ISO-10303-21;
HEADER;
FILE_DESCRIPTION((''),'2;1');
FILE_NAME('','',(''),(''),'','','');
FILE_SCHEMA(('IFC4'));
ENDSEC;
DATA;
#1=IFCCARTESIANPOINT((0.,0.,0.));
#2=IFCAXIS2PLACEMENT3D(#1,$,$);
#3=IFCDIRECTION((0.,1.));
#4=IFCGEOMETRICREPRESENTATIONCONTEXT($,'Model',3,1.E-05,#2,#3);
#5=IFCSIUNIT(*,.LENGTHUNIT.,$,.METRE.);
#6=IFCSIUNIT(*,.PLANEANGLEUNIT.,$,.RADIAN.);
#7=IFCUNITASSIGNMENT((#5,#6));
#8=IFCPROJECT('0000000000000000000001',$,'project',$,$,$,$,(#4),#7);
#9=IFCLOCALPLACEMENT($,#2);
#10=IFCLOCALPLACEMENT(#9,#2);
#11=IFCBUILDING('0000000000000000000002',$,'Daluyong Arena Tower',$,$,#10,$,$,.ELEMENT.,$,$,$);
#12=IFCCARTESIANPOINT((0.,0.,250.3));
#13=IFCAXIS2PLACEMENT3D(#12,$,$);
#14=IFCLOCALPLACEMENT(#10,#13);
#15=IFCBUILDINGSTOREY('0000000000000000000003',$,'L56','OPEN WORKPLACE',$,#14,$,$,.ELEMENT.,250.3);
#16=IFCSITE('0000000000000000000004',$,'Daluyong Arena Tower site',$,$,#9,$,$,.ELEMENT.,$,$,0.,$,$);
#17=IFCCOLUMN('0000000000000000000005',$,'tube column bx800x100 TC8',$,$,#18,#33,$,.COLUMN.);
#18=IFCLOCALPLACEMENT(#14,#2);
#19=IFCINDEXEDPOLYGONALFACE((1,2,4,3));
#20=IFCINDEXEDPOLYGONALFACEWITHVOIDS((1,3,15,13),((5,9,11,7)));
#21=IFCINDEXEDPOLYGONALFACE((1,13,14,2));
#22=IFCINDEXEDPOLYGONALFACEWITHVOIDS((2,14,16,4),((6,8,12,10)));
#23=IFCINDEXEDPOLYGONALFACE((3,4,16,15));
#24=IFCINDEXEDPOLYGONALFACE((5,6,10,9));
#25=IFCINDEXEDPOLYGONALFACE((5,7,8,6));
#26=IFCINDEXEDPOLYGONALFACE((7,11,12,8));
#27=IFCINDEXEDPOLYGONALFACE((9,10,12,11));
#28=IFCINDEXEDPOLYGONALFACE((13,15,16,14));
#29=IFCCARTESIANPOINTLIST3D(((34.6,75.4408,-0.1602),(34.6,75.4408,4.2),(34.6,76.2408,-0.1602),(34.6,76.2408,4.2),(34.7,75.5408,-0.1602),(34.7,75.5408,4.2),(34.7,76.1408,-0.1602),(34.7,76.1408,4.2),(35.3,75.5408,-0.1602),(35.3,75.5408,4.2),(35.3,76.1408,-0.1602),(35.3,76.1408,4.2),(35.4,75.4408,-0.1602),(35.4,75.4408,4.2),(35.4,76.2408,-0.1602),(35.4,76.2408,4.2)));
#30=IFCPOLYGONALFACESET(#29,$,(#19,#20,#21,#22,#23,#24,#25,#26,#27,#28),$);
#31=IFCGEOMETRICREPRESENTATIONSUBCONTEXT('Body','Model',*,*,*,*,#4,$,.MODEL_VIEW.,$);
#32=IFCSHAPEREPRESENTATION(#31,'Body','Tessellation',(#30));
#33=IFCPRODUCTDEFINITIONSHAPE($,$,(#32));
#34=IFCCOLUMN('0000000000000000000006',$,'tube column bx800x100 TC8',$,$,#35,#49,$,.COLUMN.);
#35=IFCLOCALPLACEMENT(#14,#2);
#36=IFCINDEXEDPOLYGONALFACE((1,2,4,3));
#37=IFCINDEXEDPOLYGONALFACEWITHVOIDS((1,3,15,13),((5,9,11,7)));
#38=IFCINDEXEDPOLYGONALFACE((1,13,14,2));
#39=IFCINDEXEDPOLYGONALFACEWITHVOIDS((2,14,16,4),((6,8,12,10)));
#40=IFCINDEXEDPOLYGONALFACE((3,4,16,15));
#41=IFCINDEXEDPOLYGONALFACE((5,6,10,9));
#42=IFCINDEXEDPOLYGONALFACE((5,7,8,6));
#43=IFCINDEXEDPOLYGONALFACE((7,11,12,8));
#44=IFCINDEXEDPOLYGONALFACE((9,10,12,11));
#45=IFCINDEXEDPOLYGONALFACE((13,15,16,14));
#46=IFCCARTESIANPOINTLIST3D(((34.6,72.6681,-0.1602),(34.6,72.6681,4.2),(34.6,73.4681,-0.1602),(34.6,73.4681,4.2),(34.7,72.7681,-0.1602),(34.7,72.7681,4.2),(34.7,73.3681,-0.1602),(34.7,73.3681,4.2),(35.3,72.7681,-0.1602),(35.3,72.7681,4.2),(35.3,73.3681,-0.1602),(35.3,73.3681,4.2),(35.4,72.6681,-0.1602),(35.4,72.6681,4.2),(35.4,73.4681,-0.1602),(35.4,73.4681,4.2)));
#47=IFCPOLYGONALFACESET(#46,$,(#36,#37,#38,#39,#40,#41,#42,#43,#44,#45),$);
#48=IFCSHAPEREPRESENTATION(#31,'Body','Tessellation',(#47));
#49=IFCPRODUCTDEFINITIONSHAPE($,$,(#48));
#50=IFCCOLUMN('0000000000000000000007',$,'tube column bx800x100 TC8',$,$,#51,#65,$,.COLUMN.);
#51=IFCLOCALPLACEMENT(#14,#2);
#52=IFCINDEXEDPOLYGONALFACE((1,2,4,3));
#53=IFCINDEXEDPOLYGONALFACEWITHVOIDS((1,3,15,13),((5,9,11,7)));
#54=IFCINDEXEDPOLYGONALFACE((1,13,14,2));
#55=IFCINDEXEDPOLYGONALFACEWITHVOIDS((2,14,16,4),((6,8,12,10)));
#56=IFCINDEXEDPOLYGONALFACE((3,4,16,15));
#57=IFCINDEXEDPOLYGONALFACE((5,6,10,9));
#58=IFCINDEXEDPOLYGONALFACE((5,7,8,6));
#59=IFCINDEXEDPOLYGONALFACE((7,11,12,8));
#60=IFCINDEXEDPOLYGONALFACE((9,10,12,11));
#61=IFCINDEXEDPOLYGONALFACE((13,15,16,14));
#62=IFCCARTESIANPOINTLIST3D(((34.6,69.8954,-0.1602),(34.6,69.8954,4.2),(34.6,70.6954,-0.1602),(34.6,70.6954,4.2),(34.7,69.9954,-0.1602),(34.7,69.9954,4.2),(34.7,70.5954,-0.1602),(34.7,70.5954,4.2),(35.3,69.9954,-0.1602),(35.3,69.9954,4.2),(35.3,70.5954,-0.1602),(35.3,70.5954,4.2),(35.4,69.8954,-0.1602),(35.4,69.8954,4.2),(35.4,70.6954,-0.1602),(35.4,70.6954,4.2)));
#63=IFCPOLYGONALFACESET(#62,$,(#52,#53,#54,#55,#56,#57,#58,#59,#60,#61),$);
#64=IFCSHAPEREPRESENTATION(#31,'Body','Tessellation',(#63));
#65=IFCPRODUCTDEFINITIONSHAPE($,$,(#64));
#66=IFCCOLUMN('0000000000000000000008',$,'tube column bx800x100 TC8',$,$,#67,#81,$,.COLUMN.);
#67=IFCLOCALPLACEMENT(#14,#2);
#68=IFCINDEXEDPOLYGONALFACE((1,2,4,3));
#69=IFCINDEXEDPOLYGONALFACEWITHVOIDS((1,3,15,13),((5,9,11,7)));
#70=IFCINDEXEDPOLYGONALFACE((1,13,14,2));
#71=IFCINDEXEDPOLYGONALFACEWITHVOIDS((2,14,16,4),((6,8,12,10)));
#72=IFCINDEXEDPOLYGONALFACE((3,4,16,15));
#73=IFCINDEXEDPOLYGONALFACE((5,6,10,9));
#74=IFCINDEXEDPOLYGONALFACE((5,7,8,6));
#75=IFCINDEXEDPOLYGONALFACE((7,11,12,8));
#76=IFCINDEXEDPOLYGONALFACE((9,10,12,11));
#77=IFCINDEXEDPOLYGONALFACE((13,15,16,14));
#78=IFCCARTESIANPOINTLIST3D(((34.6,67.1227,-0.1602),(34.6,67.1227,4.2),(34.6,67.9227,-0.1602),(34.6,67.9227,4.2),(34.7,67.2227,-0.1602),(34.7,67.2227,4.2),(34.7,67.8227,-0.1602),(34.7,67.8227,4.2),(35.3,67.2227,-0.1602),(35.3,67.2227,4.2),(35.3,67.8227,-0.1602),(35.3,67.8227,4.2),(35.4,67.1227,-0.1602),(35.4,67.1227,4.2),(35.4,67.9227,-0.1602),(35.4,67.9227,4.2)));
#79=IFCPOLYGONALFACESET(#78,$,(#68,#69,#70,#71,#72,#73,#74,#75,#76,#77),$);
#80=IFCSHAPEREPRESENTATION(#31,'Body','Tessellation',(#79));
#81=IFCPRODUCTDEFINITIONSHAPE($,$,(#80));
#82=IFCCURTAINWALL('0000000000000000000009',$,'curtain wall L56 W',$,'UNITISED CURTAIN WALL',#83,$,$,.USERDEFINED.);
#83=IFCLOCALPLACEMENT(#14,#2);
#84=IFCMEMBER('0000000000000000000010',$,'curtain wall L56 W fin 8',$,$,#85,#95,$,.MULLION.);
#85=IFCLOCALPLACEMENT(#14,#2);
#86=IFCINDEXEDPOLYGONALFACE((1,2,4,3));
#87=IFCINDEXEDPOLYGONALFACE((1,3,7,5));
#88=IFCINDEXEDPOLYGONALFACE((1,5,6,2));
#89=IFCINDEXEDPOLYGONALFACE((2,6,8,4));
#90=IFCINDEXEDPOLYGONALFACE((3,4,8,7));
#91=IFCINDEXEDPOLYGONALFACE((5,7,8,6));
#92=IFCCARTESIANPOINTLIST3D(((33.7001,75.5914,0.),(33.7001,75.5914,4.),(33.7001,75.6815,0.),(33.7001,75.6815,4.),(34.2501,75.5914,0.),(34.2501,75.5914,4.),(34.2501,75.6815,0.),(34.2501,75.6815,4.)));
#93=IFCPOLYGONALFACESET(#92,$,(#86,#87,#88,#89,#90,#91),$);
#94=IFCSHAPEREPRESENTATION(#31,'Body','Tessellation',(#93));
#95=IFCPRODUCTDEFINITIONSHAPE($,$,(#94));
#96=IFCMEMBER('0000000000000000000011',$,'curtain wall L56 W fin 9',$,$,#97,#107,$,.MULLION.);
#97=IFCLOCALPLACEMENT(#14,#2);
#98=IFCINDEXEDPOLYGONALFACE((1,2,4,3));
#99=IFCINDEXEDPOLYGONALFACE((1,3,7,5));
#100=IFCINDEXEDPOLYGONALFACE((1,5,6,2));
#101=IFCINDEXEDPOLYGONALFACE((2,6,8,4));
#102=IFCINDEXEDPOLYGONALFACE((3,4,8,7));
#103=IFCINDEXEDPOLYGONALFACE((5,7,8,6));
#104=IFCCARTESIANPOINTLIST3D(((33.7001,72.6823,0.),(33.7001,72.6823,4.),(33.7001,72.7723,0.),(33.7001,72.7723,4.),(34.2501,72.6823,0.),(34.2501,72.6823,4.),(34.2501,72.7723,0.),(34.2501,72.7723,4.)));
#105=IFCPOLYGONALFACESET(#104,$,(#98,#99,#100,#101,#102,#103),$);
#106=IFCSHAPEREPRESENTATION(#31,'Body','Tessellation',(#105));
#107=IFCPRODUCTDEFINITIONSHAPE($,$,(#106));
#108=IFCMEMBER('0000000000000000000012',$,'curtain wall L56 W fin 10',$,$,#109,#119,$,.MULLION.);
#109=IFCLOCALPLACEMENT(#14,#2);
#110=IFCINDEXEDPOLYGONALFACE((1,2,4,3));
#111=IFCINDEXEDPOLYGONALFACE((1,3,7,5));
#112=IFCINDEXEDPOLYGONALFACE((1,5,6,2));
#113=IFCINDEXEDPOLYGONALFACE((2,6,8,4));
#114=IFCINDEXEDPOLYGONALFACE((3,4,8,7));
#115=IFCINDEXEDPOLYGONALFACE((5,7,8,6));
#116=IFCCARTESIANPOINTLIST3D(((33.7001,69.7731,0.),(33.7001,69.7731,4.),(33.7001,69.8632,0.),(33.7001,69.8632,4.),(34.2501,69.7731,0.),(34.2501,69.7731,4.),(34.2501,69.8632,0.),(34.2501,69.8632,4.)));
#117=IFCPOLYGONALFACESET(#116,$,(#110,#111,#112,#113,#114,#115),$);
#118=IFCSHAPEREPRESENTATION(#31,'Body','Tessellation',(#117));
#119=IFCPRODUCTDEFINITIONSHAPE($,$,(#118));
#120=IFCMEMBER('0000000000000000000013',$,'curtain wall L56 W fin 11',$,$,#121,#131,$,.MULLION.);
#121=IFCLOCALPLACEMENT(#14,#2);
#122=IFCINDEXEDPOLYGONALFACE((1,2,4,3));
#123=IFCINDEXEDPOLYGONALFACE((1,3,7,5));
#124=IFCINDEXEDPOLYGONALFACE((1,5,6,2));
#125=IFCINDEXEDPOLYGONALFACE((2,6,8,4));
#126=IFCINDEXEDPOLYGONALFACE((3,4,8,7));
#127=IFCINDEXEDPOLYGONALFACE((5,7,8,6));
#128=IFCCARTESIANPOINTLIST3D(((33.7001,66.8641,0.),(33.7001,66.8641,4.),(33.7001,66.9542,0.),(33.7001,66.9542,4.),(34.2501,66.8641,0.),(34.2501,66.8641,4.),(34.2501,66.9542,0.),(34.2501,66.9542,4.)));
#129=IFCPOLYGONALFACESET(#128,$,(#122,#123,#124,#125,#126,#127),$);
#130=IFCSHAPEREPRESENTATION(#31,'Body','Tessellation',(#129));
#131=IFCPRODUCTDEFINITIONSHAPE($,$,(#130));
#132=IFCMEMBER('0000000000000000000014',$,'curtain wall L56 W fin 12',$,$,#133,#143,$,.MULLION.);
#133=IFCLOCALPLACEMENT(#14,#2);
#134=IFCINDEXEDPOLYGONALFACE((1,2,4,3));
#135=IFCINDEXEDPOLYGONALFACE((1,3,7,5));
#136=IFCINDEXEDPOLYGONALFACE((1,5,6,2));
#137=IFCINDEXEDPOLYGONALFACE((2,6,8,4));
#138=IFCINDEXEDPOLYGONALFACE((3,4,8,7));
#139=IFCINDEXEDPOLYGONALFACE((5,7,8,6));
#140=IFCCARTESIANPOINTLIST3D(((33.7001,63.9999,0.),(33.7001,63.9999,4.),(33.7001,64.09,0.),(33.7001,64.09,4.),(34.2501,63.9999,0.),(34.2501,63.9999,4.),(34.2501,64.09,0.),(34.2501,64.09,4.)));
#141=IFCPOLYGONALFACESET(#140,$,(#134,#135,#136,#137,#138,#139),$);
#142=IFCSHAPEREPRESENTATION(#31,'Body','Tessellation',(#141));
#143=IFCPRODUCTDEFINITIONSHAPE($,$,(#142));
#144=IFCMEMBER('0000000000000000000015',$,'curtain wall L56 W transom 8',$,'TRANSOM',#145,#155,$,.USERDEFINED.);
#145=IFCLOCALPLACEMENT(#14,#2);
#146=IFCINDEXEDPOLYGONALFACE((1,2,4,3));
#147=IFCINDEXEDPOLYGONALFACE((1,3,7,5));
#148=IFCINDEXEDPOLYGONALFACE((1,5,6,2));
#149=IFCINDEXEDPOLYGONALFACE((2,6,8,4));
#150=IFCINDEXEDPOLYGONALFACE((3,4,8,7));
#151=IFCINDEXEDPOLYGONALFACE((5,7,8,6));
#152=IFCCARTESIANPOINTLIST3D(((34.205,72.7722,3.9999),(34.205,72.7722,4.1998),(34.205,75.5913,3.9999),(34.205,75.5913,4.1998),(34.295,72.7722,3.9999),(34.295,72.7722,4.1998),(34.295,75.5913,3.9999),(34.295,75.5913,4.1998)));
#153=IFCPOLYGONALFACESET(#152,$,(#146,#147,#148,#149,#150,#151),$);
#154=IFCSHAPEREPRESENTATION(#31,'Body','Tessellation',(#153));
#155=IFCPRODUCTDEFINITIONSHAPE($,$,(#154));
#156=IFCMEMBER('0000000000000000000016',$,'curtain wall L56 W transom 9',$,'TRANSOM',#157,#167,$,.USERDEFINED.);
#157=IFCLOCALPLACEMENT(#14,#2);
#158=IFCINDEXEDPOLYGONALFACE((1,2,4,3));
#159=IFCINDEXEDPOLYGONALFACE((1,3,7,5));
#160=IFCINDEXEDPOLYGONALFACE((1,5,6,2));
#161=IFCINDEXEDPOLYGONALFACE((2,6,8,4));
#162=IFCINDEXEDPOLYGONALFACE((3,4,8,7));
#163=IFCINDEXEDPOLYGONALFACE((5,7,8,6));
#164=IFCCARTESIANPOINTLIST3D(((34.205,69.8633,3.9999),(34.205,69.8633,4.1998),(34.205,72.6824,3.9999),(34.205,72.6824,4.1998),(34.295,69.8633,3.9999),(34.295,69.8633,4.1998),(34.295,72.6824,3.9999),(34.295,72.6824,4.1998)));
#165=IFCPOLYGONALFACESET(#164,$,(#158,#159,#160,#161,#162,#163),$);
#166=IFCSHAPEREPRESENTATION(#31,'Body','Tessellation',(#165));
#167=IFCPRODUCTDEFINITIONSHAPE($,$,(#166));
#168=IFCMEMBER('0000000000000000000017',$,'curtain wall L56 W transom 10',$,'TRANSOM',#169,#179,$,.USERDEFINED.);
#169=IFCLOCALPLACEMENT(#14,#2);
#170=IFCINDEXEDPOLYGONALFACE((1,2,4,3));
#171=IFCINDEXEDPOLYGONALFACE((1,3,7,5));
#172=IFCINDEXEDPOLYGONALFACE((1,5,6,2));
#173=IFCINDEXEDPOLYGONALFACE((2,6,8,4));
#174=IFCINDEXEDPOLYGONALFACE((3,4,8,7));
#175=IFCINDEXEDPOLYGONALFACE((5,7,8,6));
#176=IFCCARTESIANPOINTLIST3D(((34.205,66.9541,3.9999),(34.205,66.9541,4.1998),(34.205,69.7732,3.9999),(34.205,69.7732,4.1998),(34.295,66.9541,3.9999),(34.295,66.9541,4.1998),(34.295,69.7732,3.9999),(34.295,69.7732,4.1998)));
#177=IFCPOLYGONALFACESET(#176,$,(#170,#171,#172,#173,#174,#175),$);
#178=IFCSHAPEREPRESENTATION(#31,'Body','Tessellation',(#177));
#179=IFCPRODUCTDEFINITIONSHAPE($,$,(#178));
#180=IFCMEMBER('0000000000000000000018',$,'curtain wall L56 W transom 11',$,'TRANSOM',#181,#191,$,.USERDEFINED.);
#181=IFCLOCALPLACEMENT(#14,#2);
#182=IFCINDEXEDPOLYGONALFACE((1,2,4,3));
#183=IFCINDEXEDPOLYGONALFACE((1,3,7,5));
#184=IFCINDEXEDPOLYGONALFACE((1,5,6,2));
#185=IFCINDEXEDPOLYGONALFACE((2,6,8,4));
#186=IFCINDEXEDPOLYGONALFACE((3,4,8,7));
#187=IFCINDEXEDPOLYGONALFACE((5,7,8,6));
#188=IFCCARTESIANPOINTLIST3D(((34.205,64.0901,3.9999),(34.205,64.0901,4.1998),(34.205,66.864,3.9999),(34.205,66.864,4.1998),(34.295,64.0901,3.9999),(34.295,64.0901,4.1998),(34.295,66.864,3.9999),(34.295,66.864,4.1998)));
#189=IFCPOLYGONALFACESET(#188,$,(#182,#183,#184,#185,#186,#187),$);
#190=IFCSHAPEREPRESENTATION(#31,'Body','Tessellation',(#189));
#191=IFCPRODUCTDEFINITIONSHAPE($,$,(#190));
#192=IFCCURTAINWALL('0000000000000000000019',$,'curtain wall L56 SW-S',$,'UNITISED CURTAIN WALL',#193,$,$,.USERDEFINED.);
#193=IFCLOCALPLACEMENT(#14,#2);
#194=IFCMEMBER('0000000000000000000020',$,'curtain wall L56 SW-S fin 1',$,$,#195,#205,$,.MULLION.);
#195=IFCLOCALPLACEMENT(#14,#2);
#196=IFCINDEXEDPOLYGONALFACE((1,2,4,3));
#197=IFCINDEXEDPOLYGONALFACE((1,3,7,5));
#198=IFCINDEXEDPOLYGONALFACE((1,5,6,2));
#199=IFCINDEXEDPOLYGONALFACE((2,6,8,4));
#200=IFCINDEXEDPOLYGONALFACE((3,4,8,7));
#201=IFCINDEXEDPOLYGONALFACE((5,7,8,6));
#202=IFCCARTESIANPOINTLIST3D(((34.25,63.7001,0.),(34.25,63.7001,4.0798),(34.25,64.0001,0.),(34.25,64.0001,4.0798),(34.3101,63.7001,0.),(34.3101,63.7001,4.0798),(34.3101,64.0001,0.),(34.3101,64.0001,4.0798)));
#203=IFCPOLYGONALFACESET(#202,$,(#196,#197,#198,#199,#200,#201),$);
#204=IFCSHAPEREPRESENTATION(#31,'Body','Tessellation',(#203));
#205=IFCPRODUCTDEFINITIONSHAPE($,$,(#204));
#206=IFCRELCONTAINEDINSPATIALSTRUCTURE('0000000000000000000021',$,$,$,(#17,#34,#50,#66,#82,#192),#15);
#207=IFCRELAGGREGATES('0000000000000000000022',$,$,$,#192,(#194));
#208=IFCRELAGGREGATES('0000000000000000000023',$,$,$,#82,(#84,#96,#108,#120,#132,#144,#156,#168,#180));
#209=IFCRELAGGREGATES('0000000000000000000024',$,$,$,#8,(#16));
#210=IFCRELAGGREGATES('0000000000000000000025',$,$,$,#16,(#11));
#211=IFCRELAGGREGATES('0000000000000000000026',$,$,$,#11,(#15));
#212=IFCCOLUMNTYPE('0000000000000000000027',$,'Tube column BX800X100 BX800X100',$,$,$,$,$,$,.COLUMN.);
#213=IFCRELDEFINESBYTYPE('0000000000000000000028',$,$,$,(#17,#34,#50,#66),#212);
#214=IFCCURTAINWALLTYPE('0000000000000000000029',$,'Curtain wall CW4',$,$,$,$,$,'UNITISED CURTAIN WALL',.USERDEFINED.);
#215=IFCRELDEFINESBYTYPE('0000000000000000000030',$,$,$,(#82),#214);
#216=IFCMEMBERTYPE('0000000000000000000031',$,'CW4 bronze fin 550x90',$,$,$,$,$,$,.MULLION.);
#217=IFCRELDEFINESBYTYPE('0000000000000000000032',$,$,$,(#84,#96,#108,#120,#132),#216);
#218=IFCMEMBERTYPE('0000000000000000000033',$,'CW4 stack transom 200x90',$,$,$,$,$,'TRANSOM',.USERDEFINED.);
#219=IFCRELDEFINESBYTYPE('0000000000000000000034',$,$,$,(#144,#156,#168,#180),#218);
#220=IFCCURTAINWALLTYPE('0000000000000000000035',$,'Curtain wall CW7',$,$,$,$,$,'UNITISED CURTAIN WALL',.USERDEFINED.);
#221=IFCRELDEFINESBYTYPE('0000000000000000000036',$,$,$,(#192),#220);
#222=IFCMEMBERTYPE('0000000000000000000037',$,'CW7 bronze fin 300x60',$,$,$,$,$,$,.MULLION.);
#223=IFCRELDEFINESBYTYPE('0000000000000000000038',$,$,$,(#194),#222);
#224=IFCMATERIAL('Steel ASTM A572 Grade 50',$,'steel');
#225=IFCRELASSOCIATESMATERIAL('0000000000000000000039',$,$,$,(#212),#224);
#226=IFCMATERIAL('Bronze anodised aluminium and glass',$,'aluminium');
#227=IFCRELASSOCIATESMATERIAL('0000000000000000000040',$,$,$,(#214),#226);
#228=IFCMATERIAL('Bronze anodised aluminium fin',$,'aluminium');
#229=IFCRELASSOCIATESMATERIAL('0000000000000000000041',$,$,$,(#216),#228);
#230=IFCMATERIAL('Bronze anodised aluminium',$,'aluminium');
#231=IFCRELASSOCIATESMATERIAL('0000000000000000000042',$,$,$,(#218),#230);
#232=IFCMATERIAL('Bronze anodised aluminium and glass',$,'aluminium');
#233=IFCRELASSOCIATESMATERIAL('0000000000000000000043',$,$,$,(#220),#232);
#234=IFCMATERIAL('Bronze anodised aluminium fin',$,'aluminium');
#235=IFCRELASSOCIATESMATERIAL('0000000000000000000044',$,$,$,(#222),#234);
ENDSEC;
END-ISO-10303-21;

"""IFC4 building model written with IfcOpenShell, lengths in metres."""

from ifc_helpers import new_model, si_unit, direction, frame, origin, origin_2d, place, context, subcontext, project, spatial, rectangle, hollow_rectangle, extrude, material, material_profile, profile_set, type_object, element, aggregate, save


model = new_model("IFC4")

# Units and contexts
model_context = context("Model", 3, precision=1e-05, world=origin(), true_north=direction((0.0, 1.0)))
body_context = subcontext(model_context, "Body", "Model", "MODEL_VIEW")
ifc_project = project(units=[si_unit("LENGTHUNIT", "METRE"), si_unit("PLANEANGLEUNIT", "RADIAN")], contexts=[model_context])

# Site, building, storey
site_placement = place(None, origin())
site = spatial("IfcSite", under=ifc_project, at=site_placement, Name="Daluyong Arena Tower site", CompositionType="ELEMENT", RefElevation=0.0)
building_placement = place(site_placement, origin())
building = spatial("IfcBuilding", under=site, at=building_placement, Name="Daluyong Arena Tower", CompositionType="ELEMENT")
storey_placement = place(building_placement, frame((0.0, 0.0, 250.3)))
storey = spatial("IfcBuildingStorey", under=building, at=storey_placement, Name="L56", Description="OPEN WORKPLACE", CompositionType="ELEMENT", Elevation=250.3)

# Columns
ifc_material_1 = material(Name="Steel ASTM A572 Grade 50", Category="steel")
ifc_material_profile_1 = material_profile(ifc_material_1, hollow_rectangle(XDim=0.8, YDim=0.8, WallThickness=0.1, at=origin_2d()))
ifc_profile_set_1 = profile_set([ifc_material_profile_1], Name="Steel ASTM A572 Grade 50")
column_type_1 = type_object("IfcColumnType", Name="Tube column BX800X100 BX800X100", PredefinedType="COLUMN", material=ifc_profile_set_1)
for number, where, z_axis, x_axis, name in (
    (1, (35.0, 75.8408, -0.1602), (0.0, 0.0, 1.0), (0.0, 1.0, 0.0), "tube column bx800x100 TC8"),
    (2, (35.0, 73.0681, -0.1602), (0.0, 0.0, 1.0), (0.0, 1.0, 0.0), "tube column bx800x100 TC8"),
    (3, (35.0, 70.2954, -0.1602), (0.0, 0.0, 1.0), (0.0, 1.0, 0.0), "tube column bx800x100 TC8"),
    (4, (35.0, 67.5227, -0.1602), (0.0, 0.0, 1.0), (0.0, 1.0, 0.0), "tube column bx800x100 TC8"),
):
    element("IfcColumn", number, at=place(storey_placement, frame(where, z_axis=z_axis, x_axis=x_axis)), inside=storey, type_object=column_type_1, Name=name, PredefinedType="COLUMN", context=body_context, shape_type="SweptSolid", body=[
        extrude(hollow_rectangle(XDim=0.8, YDim=0.8, WallThickness=0.1, at=origin_2d()), origin(), (0.0, 0.0, 1.0), 4.3601),
    ])

# Curtain walls, members
ifc_material_2 = material(Name="Bronze anodised aluminium and glass", Category="aluminium")
curtain_wall_type_1 = type_object("IfcCurtainWallType", Name="Curtain wall CW4", ElementType="UNITISED CURTAIN WALL", PredefinedType="USERDEFINED", material=ifc_material_2)
curtain_wall_1_placement = place(storey_placement, origin())
curtain_wall_1 = element("IfcCurtainWall", 5, at=curtain_wall_1_placement, inside=storey, type_object=curtain_wall_type_1, Name="curtain wall L56 W", ObjectType="UNITISED CURTAIN WALL", PredefinedType="USERDEFINED")
ifc_material_3 = material(Name="Bronze anodised aluminium fin", Category="aluminium")
ifc_material_profile_2 = material_profile(ifc_material_3, rectangle(XDim=0.55, YDim=0.0901, at=origin_2d()))
ifc_profile_set_2 = profile_set([ifc_material_profile_2], Name="Bronze anodised aluminium fin")
member_type_1 = type_object("IfcMemberType", Name="CW4 bronze fin 550x90", PredefinedType="MULLION", material=ifc_profile_set_2)
member_1_placement = place(storey_placement, frame((33.9751, 75.6365, 0.0), z_axis=(0.0, 0.0, 1.0), x_axis=(1.0, 0.0, 0.0)))
member_1 = element("IfcMember", 6, at=member_1_placement, type_object=member_type_1, Name="curtain wall L56 W fin 8", PredefinedType="MULLION", context=body_context, shape_type="SweptSolid", body=[
    extrude(rectangle(XDim=0.55, YDim=0.0901, at=origin_2d()), origin(), (0.0, 0.0, 1.0), 4.0),
])
member_2_placement = place(storey_placement, frame((33.9751, 72.7273, 0.0), z_axis=(0.0, 0.0, 1.0), x_axis=(1.0, 0.0, 0.0)))
member_2 = element("IfcMember", 7, at=member_2_placement, type_object=member_type_1, Name="curtain wall L56 W fin 9", PredefinedType="MULLION", context=body_context, shape_type="SweptSolid", body=[
    extrude(rectangle(XDim=0.55, YDim=0.0901, at=origin_2d()), origin(), (0.0, 0.0, 1.0), 4.0),
])
member_3_placement = place(storey_placement, frame((33.9751, 69.8181, 0.0), z_axis=(0.0, 0.0, 1.0), x_axis=(1.0, 0.0, 0.0)))
member_3 = element("IfcMember", 8, at=member_3_placement, type_object=member_type_1, Name="curtain wall L56 W fin 10", PredefinedType="MULLION", context=body_context, shape_type="SweptSolid", body=[
    extrude(rectangle(XDim=0.55, YDim=0.0901, at=origin_2d()), origin(), (0.0, 0.0, 1.0), 4.0),
])
member_4_placement = place(storey_placement, frame((33.9751, 66.9092, 0.0), z_axis=(0.0, 0.0, 1.0), x_axis=(1.0, 0.0, 0.0)))
member_4 = element("IfcMember", 9, at=member_4_placement, type_object=member_type_1, Name="curtain wall L56 W fin 11", PredefinedType="MULLION", context=body_context, shape_type="SweptSolid", body=[
    extrude(rectangle(XDim=0.55, YDim=0.0901, at=origin_2d()), origin(), (0.0, 0.0, 1.0), 4.0),
])
member_5_placement = place(storey_placement, frame((33.9751, 64.0449, 0.0), z_axis=(0.0, 0.0, 1.0), x_axis=(1.0, 0.0, 0.0)))
member_5 = element("IfcMember", 10, at=member_5_placement, type_object=member_type_1, Name="curtain wall L56 W fin 12", PredefinedType="MULLION", context=body_context, shape_type="SweptSolid", body=[
    extrude(rectangle(XDim=0.55, YDim=0.0901, at=origin_2d()), origin(), (0.0, 0.0, 1.0), 4.0),
])
ifc_material_4 = material(Name="Bronze anodised aluminium", Category="aluminium")
ifc_material_profile_3 = material_profile(ifc_material_4, rectangle(XDim=0.0901, YDim=0.2, at=origin_2d()))
ifc_profile_set_3 = profile_set([ifc_material_profile_3], Name="Bronze anodised aluminium")
member_type_2 = type_object("IfcMemberType", Name="CW4 stack transom 200x90", ElementType="TRANSOM", PredefinedType="USERDEFINED", material=ifc_profile_set_3)
member_6_placement = place(storey_placement, frame((34.25, 75.5913, 4.0999), z_axis=(0.0, -1.0, 0.0), x_axis=(1.0, 0.0, 0.0)))
member_6 = element("IfcMember", 11, at=member_6_placement, type_object=member_type_2, Name="curtain wall L56 W transom 8", ObjectType="TRANSOM", PredefinedType="USERDEFINED", context=body_context, shape_type="SweptSolid", body=[
    extrude(rectangle(XDim=0.0901, YDim=0.2, at=origin_2d()), origin(), (0.0, 0.0, 1.0), 2.8191),
])
member_7_placement = place(storey_placement, frame((34.25, 72.6824, 4.0999), z_axis=(0.0, -1.0, 0.0), x_axis=(1.0, 0.0, 0.0)))
member_7 = element("IfcMember", 12, at=member_7_placement, type_object=member_type_2, Name="curtain wall L56 W transom 9", ObjectType="TRANSOM", PredefinedType="USERDEFINED", context=body_context, shape_type="SweptSolid", body=[
    extrude(rectangle(XDim=0.0901, YDim=0.2, at=origin_2d()), origin(), (0.0, 0.0, 1.0), 2.8191),
])
member_8_placement = place(storey_placement, frame((34.25, 69.7732, 4.0999), z_axis=(0.0, -1.0, 0.0), x_axis=(1.0, 0.0, 0.0)))
member_8 = element("IfcMember", 13, at=member_8_placement, type_object=member_type_2, Name="curtain wall L56 W transom 10", ObjectType="TRANSOM", PredefinedType="USERDEFINED", context=body_context, shape_type="SweptSolid", body=[
    extrude(rectangle(XDim=0.0901, YDim=0.2, at=origin_2d()), origin(), (0.0, 0.0, 1.0), 2.8191),
])
member_9_placement = place(storey_placement, frame((34.25, 66.864, 4.0999), z_axis=(0.0, -1.0, 0.0), x_axis=(1.0, 0.0, 0.0)))
member_9 = element("IfcMember", 14, at=member_9_placement, type_object=member_type_2, Name="curtain wall L56 W transom 11", ObjectType="TRANSOM", PredefinedType="USERDEFINED", context=body_context, shape_type="SweptSolid", body=[
    extrude(rectangle(XDim=0.0901, YDim=0.2, at=origin_2d()), origin(), (0.0, 0.0, 1.0), 2.7739),
])
ifc_material_5 = material(Name="Bronze anodised aluminium and glass", Category="aluminium")
curtain_wall_type_2 = type_object("IfcCurtainWallType", Name="Curtain wall CW7", ElementType="UNITISED CURTAIN WALL", PredefinedType="USERDEFINED", material=ifc_material_5)
curtain_wall_2_placement = place(storey_placement, origin())
curtain_wall_2 = element("IfcCurtainWall", 15, at=curtain_wall_2_placement, inside=storey, type_object=curtain_wall_type_2, Name="curtain wall L56 SW-S", ObjectType="UNITISED CURTAIN WALL", PredefinedType="USERDEFINED")
ifc_material_6 = material(Name="Bronze anodised aluminium fin", Category="aluminium")
ifc_material_profile_4 = material_profile(ifc_material_6, rectangle(XDim=0.3, YDim=0.0601, at=origin_2d()))
ifc_profile_set_4 = profile_set([ifc_material_profile_4], Name="Bronze anodised aluminium fin")
member_type_3 = type_object("IfcMemberType", Name="CW7 bronze fin 300x60", PredefinedType="MULLION", material=ifc_profile_set_4)
member_10_placement = place(storey_placement, frame((34.28, 63.8501, 0.0), z_axis=(0.0, 0.0, 1.0), x_axis=(0.0, 1.0, 0.0)))
member_10 = element("IfcMember", 16, at=member_10_placement, type_object=member_type_3, Name="curtain wall L56 SW-S fin 1", PredefinedType="MULLION", context=body_context, shape_type="SweptSolid", body=[
    extrude(rectangle(XDim=0.3, YDim=0.0601, at=origin_2d()), origin(), (0.0, 0.0, 1.0), 4.0798),
])
aggregate(curtain_wall_2, [member_10])

aggregate(curtain_wall_1, [member_1, member_2, member_3, member_4, member_5, member_6, member_7, member_8, member_9])

save(model, "model.ifc")
